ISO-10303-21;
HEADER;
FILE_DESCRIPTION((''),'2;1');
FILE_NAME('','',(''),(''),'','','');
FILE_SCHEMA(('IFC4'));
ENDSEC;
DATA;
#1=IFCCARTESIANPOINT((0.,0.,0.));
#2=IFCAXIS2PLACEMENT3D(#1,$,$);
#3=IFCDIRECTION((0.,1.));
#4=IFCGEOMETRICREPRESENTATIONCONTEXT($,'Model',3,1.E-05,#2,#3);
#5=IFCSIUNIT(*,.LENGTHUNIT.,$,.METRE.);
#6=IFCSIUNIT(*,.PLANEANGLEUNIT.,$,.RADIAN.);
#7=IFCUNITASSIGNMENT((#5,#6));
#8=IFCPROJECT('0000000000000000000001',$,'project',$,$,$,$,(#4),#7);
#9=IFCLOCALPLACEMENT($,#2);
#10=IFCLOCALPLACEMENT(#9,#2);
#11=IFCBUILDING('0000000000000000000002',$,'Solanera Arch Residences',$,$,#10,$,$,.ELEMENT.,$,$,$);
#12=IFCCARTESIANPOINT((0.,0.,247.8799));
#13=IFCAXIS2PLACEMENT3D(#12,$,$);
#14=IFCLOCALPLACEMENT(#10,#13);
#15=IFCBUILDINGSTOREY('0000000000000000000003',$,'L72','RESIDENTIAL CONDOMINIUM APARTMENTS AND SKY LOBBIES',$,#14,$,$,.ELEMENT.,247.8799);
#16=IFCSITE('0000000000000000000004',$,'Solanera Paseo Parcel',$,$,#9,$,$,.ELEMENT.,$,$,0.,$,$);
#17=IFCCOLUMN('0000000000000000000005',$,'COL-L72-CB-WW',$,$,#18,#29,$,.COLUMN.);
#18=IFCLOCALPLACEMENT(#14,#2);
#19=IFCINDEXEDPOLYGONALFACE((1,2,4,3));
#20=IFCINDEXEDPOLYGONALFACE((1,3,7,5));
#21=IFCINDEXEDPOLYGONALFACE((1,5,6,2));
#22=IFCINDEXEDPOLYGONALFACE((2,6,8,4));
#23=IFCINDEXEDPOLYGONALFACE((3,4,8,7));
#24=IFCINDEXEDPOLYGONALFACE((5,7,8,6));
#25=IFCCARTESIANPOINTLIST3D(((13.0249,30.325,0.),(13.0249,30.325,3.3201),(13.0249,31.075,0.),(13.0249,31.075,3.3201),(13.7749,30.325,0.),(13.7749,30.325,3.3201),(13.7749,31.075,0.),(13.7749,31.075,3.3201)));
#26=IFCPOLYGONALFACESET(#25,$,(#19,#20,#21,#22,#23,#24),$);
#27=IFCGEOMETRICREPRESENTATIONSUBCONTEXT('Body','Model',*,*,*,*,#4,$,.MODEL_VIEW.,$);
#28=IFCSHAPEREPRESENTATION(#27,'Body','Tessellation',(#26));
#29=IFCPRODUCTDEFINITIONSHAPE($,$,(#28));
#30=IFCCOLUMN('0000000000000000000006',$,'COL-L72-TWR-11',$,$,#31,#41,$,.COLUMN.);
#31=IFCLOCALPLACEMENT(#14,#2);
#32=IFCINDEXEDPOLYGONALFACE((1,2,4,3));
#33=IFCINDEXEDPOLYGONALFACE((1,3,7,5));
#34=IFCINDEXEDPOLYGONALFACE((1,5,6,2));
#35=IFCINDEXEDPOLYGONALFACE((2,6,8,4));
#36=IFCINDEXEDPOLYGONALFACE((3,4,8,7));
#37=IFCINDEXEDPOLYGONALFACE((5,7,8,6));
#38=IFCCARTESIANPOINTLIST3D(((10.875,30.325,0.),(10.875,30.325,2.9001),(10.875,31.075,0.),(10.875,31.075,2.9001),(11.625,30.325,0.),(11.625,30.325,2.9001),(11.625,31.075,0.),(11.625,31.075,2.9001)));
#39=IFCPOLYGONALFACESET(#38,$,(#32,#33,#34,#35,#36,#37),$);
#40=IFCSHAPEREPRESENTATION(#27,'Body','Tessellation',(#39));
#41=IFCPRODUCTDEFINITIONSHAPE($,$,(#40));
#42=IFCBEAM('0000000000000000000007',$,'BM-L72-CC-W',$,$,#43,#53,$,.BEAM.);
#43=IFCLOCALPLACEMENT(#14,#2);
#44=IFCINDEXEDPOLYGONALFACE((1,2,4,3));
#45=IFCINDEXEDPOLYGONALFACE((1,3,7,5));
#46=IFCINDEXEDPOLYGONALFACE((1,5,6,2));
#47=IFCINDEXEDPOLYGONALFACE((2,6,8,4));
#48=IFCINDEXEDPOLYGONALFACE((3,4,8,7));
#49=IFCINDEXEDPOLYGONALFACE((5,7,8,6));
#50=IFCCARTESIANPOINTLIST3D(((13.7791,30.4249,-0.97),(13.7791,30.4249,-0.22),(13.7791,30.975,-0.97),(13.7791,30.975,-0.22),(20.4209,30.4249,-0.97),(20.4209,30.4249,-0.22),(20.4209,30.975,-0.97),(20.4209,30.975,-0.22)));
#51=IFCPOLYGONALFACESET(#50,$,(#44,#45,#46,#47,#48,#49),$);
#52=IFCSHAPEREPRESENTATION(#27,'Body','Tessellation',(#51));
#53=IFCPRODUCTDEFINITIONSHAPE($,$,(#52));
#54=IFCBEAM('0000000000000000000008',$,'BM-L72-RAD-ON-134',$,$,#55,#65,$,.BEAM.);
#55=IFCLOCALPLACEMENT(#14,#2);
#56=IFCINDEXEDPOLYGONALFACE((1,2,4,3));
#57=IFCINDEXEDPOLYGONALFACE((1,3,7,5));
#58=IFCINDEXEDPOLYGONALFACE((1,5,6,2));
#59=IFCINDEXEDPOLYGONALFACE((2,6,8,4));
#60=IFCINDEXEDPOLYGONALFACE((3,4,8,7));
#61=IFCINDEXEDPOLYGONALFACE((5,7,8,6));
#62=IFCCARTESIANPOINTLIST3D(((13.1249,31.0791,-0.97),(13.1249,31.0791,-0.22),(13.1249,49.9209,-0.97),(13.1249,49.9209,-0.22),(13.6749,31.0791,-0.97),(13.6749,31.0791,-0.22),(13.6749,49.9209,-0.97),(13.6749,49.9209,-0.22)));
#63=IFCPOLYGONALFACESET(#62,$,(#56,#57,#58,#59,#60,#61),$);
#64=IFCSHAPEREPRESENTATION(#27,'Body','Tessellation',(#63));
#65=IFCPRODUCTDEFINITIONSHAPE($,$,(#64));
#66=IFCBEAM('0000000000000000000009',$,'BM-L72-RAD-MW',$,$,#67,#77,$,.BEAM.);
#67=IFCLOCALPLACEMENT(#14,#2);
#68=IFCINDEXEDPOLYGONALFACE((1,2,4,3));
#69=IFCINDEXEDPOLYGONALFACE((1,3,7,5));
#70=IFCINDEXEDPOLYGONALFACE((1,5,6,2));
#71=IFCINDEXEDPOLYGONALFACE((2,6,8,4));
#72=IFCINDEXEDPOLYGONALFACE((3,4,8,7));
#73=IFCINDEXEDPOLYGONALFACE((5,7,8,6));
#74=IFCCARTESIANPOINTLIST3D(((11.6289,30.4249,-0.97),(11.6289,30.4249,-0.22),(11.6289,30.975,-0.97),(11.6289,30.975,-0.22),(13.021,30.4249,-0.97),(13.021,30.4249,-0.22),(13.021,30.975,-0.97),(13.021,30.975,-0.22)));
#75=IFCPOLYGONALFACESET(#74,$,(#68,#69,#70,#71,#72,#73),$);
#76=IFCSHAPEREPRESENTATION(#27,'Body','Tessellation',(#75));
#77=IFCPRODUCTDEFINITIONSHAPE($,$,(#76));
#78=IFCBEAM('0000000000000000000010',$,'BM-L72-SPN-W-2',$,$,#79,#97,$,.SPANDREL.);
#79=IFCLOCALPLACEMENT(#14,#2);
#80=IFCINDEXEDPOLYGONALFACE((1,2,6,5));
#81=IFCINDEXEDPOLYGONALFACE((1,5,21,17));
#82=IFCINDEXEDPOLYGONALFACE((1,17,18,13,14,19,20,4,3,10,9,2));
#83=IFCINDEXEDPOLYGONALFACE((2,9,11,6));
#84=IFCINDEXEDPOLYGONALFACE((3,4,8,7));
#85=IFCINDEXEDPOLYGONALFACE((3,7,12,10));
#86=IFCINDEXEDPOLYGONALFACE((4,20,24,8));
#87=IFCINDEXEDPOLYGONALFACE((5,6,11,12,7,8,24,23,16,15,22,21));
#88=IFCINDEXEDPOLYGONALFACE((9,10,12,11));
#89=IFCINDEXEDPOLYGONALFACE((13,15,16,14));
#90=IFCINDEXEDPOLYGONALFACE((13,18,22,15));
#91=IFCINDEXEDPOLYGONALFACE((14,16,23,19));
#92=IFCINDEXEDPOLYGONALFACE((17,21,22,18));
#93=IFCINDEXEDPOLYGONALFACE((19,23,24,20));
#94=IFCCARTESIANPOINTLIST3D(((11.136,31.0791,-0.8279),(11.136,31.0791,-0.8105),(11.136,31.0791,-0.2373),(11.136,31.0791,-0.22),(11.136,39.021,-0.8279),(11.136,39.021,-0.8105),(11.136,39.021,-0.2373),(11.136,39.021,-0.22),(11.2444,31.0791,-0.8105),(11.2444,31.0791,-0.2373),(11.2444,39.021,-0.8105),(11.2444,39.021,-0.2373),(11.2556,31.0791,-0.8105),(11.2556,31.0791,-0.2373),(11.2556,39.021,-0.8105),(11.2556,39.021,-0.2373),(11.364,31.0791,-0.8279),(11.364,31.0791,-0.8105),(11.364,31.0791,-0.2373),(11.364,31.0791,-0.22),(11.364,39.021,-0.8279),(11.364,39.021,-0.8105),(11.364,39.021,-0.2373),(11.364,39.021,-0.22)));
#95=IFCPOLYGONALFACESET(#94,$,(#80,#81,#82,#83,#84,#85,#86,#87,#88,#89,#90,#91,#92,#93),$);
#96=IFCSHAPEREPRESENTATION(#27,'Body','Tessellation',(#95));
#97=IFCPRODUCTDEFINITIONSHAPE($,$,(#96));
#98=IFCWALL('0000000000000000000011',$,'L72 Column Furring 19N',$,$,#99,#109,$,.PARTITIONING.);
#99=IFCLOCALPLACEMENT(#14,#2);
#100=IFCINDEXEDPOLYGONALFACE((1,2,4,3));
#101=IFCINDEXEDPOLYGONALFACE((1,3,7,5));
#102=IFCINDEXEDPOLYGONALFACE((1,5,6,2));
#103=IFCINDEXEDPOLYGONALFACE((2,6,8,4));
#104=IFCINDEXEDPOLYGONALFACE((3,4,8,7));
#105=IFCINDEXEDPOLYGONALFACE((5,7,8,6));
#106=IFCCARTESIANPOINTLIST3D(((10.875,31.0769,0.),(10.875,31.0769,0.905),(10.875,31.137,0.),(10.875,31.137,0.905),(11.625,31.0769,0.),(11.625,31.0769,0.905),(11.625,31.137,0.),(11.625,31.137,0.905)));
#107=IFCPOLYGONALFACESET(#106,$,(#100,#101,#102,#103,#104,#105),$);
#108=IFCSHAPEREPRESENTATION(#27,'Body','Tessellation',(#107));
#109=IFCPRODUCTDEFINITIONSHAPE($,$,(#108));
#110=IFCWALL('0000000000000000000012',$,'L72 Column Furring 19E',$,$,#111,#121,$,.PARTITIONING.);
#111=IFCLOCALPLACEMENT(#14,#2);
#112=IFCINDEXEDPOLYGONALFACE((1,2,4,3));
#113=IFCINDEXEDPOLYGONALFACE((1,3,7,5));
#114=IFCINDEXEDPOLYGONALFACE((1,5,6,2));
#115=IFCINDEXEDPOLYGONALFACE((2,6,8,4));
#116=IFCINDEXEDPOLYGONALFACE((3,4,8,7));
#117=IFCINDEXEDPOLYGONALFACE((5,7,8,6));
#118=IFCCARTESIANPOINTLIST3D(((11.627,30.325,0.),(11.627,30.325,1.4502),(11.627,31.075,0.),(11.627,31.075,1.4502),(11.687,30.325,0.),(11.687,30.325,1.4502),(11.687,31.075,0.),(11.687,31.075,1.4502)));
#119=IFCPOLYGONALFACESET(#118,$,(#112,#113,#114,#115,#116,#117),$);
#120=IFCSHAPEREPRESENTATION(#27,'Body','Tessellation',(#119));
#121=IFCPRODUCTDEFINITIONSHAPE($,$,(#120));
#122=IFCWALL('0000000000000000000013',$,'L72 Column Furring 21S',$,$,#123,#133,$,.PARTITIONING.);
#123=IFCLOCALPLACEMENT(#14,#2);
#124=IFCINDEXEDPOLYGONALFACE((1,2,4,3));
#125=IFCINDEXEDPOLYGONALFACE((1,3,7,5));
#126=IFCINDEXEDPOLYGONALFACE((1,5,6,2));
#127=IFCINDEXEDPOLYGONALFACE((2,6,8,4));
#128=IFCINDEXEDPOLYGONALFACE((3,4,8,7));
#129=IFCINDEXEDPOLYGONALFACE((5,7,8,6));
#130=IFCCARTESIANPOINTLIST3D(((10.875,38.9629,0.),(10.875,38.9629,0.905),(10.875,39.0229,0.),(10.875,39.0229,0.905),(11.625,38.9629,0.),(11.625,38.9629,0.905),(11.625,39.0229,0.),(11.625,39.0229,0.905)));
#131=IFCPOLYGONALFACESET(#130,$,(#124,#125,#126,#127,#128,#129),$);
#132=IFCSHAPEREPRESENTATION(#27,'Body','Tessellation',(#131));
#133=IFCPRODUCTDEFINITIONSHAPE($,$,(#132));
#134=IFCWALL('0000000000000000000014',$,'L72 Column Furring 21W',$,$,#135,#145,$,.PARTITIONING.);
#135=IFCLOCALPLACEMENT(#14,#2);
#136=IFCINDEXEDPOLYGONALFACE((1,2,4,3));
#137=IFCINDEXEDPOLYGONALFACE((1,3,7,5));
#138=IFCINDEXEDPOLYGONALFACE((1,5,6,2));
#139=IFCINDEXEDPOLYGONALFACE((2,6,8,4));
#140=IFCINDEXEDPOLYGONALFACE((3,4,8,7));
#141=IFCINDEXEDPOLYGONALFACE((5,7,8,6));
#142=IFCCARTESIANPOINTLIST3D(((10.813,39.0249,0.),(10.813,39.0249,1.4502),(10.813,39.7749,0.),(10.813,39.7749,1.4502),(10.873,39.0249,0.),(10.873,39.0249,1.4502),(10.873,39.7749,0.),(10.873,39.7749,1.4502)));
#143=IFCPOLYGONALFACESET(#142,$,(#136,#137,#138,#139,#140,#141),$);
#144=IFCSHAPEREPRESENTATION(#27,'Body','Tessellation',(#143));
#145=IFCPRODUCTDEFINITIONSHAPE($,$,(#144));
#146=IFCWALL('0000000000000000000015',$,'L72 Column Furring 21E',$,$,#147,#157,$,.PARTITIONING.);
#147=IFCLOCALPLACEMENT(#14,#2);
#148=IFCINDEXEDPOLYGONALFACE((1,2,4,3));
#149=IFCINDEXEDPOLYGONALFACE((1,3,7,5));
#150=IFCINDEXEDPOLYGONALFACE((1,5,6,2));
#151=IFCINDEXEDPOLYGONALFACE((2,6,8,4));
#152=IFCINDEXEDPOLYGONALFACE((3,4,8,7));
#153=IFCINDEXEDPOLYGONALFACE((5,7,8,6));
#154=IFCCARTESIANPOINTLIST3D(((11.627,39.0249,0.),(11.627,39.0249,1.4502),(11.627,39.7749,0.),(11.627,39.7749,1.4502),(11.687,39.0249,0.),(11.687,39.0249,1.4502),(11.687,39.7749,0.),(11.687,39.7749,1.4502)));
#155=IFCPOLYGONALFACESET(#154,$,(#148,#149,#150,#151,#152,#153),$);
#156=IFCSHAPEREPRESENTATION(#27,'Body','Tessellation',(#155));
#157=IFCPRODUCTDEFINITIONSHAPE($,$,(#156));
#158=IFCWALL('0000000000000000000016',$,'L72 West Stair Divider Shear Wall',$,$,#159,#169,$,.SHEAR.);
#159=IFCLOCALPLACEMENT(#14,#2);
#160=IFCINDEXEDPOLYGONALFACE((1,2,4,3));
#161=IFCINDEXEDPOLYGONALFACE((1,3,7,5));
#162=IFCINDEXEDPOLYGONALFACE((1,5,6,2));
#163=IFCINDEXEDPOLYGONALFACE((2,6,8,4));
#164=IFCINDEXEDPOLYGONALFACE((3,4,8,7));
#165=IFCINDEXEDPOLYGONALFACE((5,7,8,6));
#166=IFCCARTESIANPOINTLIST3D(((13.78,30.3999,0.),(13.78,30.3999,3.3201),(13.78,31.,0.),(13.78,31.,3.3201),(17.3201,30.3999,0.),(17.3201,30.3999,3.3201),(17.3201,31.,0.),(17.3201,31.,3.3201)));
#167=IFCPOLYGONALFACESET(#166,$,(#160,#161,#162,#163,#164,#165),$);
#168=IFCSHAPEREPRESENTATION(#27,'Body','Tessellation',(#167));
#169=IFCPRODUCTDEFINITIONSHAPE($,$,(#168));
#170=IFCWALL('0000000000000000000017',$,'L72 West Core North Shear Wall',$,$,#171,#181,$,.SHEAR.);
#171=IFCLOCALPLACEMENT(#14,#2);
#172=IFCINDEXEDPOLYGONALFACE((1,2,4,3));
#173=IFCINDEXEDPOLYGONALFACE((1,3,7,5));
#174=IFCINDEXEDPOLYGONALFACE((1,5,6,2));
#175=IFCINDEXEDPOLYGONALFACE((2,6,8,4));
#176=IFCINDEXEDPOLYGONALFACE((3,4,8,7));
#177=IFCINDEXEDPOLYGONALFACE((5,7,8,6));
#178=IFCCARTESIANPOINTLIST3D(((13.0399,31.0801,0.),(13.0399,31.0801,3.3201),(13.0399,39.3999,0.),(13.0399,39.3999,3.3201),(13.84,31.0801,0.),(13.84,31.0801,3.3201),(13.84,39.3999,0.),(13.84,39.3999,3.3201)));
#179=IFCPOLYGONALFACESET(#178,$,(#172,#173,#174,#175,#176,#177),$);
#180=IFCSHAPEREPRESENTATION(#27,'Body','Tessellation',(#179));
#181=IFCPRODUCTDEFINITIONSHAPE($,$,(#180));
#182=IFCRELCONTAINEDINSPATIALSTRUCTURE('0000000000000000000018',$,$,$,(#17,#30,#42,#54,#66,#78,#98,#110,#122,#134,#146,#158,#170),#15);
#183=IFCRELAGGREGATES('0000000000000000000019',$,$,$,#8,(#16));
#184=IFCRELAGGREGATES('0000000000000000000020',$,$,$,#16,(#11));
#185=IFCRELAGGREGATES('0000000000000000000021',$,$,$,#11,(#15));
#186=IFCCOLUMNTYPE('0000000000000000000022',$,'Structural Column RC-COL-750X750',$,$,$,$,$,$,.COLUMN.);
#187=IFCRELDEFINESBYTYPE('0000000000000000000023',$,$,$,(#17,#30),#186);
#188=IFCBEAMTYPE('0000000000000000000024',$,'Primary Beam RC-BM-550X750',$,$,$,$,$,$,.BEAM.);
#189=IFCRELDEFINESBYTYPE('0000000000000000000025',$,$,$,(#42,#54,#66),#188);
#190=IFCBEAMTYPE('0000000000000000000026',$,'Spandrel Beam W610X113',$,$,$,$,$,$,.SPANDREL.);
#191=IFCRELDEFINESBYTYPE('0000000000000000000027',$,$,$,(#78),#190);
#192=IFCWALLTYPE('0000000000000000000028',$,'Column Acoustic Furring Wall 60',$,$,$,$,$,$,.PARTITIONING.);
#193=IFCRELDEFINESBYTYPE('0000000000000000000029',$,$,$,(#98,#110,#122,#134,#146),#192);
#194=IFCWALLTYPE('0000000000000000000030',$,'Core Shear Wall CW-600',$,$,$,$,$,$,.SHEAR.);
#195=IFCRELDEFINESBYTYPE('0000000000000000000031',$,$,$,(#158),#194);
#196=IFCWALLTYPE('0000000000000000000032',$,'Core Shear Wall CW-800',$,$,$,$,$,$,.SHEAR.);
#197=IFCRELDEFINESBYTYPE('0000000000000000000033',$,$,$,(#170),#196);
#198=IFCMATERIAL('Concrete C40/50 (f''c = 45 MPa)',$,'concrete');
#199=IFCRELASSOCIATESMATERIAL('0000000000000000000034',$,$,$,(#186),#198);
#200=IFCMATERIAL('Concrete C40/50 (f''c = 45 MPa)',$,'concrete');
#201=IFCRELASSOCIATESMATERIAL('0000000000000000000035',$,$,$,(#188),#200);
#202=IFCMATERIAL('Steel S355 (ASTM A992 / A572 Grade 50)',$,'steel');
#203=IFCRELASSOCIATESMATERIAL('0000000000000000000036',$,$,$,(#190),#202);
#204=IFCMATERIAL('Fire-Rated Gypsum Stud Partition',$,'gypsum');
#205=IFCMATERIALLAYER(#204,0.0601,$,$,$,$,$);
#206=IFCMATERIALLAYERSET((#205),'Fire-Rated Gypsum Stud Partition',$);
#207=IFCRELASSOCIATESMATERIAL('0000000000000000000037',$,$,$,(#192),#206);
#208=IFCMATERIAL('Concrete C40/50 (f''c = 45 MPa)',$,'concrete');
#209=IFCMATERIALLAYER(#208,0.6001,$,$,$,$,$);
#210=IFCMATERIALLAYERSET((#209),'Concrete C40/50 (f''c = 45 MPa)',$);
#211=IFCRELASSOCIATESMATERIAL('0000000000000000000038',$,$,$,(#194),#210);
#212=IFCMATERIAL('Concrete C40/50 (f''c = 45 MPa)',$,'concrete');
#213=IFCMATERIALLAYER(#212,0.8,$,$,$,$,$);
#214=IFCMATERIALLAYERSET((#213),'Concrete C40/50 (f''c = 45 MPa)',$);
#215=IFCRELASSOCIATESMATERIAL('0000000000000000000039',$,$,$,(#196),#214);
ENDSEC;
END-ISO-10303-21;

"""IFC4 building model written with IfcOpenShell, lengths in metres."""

from ifc_helpers import new_model, si_unit, direction, frame, frame_2d, origin, origin_2d, place, context, subcontext, project, spatial, rectangle, i_section, extrude, material, layer, layer_set, material_profile, profile_set, type_object, element, save


model = new_model("IFC4")

# Units and contexts
model_context = context("Model", 3, precision=1e-05, world=origin(), true_north=direction((0.0, 1.0)))
body_context = subcontext(model_context, "Body", "Model", "MODEL_VIEW")
ifc_project = project(units=[si_unit("LENGTHUNIT", "METRE"), si_unit("PLANEANGLEUNIT", "RADIAN")], contexts=[model_context])

# Site, building, storey
site_placement = place(None, origin())
site = spatial("IfcSite", under=ifc_project, at=site_placement, Name="Solanera Paseo Parcel", CompositionType="ELEMENT", RefElevation=0.0)
building_placement = place(site_placement, origin())
building = spatial("IfcBuilding", under=site, at=building_placement, Name="Solanera Arch Residences", CompositionType="ELEMENT")
storey_placement = place(building_placement, frame((0.0, 0.0, 247.8799)))
storey = spatial("IfcBuildingStorey", under=building, at=storey_placement, Name="L72", Description="RESIDENTIAL CONDOMINIUM APARTMENTS AND SKY LOBBIES", CompositionType="ELEMENT", Elevation=247.8799)

# Columns
ifc_material_1 = material(Name="Concrete C40/50 (f'c = 45 MPa)", Category="concrete")
ifc_material_profile_1 = material_profile(ifc_material_1, rectangle(XDim=0.75, YDim=0.75, at=origin_2d()))
ifc_profile_set_1 = profile_set([ifc_material_profile_1], Name="Concrete C40/50 (f'c = 45 MPa)")
column_type = type_object("IfcColumnType", Name="Structural Column RC-COL-750X750", PredefinedType="COLUMN", material=ifc_profile_set_1)
column_1_placement = place(storey_placement, frame((13.3999, 30.7, 0.0), z_axis=(0.0, 0.0, 1.0), x_axis=(1.0, 0.0, 0.0)))
element("IfcColumn", 1, at=column_1_placement, inside=storey, type_object=column_type, Name="COL-L72-CB-WW", PredefinedType="COLUMN", context=body_context, shape_type="SweptSolid", body=[
    extrude(rectangle(XDim=0.75, YDim=0.75, at=origin_2d()), origin(), (0.0, 0.0, 1.0), 3.3201),
])
column_2_placement = place(storey_placement, frame((11.25, 30.7, 0.0), z_axis=(0.0, 0.0, 1.0), x_axis=(1.0, 0.0, 0.0)))
element("IfcColumn", 2, at=column_2_placement, inside=storey, type_object=column_type, Name="COL-L72-TWR-11", PredefinedType="COLUMN", context=body_context, shape_type="SweptSolid", body=[
    extrude(rectangle(XDim=0.75, YDim=0.75, at=origin_2d()), origin(), (0.0, 0.0, 1.0), 2.9001),
])

# Beams
ifc_material_2 = material(Name="Concrete C40/50 (f'c = 45 MPa)", Category="concrete")
ifc_material_profile_2 = material_profile(ifc_material_2, rectangle(XDim=0.55, YDim=0.75, at=origin_2d()))
ifc_profile_set_2 = profile_set([ifc_material_profile_2], Name="Concrete C40/50 (f'c = 45 MPa)")
beam_type_1 = type_object("IfcBeamType", Name="Primary Beam RC-BM-550X750", PredefinedType="BEAM", material=ifc_profile_set_2)
beam_1_placement = place(storey_placement, frame((13.7791, 30.7, -0.595), z_axis=(1.0, 0.0, 0.0), x_axis=(0.0, 1.0, 0.0)))
element("IfcBeam", 3, at=beam_1_placement, inside=storey, type_object=beam_type_1, Name="BM-L72-CC-W", PredefinedType="BEAM", context=body_context, shape_type="SweptSolid", body=[
    extrude(rectangle(XDim=0.55, YDim=0.75, at=origin_2d()), origin(), (0.0, 0.0, 1.0), 6.6418),
])
beam_2_placement = place(storey_placement, frame((13.3999, 31.0791, -0.595), z_axis=(0.0, 1.0, 0.0), x_axis=(-1.0, 0.0, 0.0)))
element("IfcBeam", 4, at=beam_2_placement, inside=storey, type_object=beam_type_1, Name="BM-L72-RAD-ON-134", PredefinedType="BEAM", context=body_context, shape_type="SweptSolid", body=[
    extrude(rectangle(XDim=0.55, YDim=0.75, at=origin_2d()), origin(), (0.0, 0.0, 1.0), 18.8418),
])
beam_3_placement = place(storey_placement, frame((11.6289, 30.7, -0.595), z_axis=(1.0, 0.0, 0.0), x_axis=(0.0, 1.0, 0.0)))
element("IfcBeam", 5, at=beam_3_placement, inside=storey, type_object=beam_type_1, Name="BM-L72-RAD-MW", PredefinedType="BEAM", context=body_context, shape_type="SweptSolid", body=[
    extrude(rectangle(XDim=0.55, YDim=0.75, at=origin_2d()), origin(), (0.0, 0.0, 1.0), 1.3921),
])
ifc_material_3 = material(Name="Steel S355 (ASTM A992 / A572 Grade 50)", Category="steel")
ifc_material_profile_3 = material_profile(ifc_material_3, i_section(OverallWidth=0.228, OverallDepth=0.6079, WebThickness=0.0112, FlangeThickness=0.0173, at=origin_2d()))
ifc_profile_set_3 = profile_set([ifc_material_profile_3], Name="Steel S355 (ASTM A992 / A572 Grade 50)")
beam_type_2 = type_object("IfcBeamType", Name="Spandrel Beam W610X113", PredefinedType="SPANDREL", material=ifc_profile_set_3)
beam_4_placement = place(storey_placement, frame((11.25, 31.0791, -0.5239), z_axis=(0.0, 1.0, 0.0), x_axis=(-1.0, 0.0, 0.0)))
element("IfcBeam", 6, at=beam_4_placement, inside=storey, type_object=beam_type_2, Name="BM-L72-SPN-W-2", PredefinedType="SPANDREL", context=body_context, shape_type="SweptSolid", body=[
    extrude(i_section(OverallWidth=0.228, OverallDepth=0.6079, WebThickness=0.0112, FlangeThickness=0.0173, at=origin_2d()), origin(), (0.0, 0.0, 1.0), 7.9419),
])

# Walls
ifc_material_4 = material(Name="Fire-Rated Gypsum Stud Partition", Category="gypsum")
ifc_layer_1 = layer(ifc_material_4, 0.0601)
ifc_layer_set_1 = layer_set([ifc_layer_1], Name="Fire-Rated Gypsum Stud Partition")
wall_type_1 = type_object("IfcWallType", Name="Column Acoustic Furring Wall 60", PredefinedType="PARTITIONING", material=ifc_layer_set_1)
wall_1_placement = place(storey_placement, frame((10.875, 31.1069, 0.0), z_axis=(0.0, 0.0, 1.0), x_axis=(1.0, 0.0, 0.0)))
element("IfcWall", 7, at=wall_1_placement, inside=storey, type_object=wall_type_1, Name="L72 Column Furring 19N", PredefinedType="PARTITIONING", context=body_context, shape_type="SweptSolid", body=[
    extrude(rectangle(XDim=0.75, YDim=0.0601, at=frame_2d((0.375, 0.0))), origin(), (0.0, 0.0, 1.0), 0.905),
])
wall_2_placement = place(storey_placement, frame((11.657, 30.325, 0.0), z_axis=(0.0, 0.0, 1.0), x_axis=(0.0, 1.0, 0.0)))
element("IfcWall", 8, at=wall_2_placement, inside=storey, type_object=wall_type_1, Name="L72 Column Furring 19E", PredefinedType="PARTITIONING", context=body_context, shape_type="SweptSolid", body=[
    extrude(rectangle(XDim=0.75, YDim=0.0601, at=frame_2d((0.375, 0.0))), origin(), (0.0, 0.0, 1.0), 1.4502),
])
wall_3_placement = place(storey_placement, frame((10.875, 38.9929, 0.0), z_axis=(0.0, 0.0, 1.0), x_axis=(1.0, 0.0, 0.0)))
element("IfcWall", 9, at=wall_3_placement, inside=storey, type_object=wall_type_1, Name="L72 Column Furring 21S", PredefinedType="PARTITIONING", context=body_context, shape_type="SweptSolid", body=[
    extrude(rectangle(XDim=0.75, YDim=0.0601, at=frame_2d((0.375, 0.0))), origin(), (0.0, 0.0, 1.0), 0.905),
])
for number, where, z_axis, x_axis, name in (
    (10, (10.843, 39.0249, 0.0), (0.0, 0.0, 1.0), (0.0, 1.0, 0.0), "L72 Column Furring 21W"),
    (11, (11.657, 39.0249, 0.0), (0.0, 0.0, 1.0), (0.0, 1.0, 0.0), "L72 Column Furring 21E"),
):
    element("IfcWall", number, at=place(storey_placement, frame(where, z_axis=z_axis, x_axis=x_axis)), inside=storey, type_object=wall_type_1, Name=name, PredefinedType="PARTITIONING", context=body_context, shape_type="SweptSolid", body=[
        extrude(rectangle(XDim=0.75, YDim=0.0601, at=frame_2d((0.375, 0.0))), origin(), (0.0, 0.0, 1.0), 1.4502),
    ])
ifc_material_5 = material(Name="Concrete C40/50 (f'c = 45 MPa)", Category="concrete")
ifc_layer_2 = layer(ifc_material_5, 0.6001)
ifc_layer_set_2 = layer_set([ifc_layer_2], Name="Concrete C40/50 (f'c = 45 MPa)")
wall_type_2 = type_object("IfcWallType", Name="Core Shear Wall CW-600", PredefinedType="SHEAR", material=ifc_layer_set_2)
wall_4_placement = place(storey_placement, frame((13.78, 30.7, 0.0), z_axis=(0.0, 0.0, 1.0), x_axis=(1.0, 0.0, 0.0)))
element("IfcWall", 12, at=wall_4_placement, inside=storey, type_object=wall_type_2, Name="L72 West Stair Divider Shear Wall", PredefinedType="SHEAR", context=body_context, shape_type="SweptSolid", body=[
    extrude(rectangle(XDim=3.54, YDim=0.6001, at=frame_2d((1.77, 0.0))), origin(), (0.0, 0.0, 1.0), 3.3201),
])
ifc_material_6 = material(Name="Concrete C40/50 (f'c = 45 MPa)", Category="concrete")
ifc_layer_3 = layer(ifc_material_6, 0.8)
ifc_layer_set_3 = layer_set([ifc_layer_3], Name="Concrete C40/50 (f'c = 45 MPa)")
wall_type_3 = type_object("IfcWallType", Name="Core Shear Wall CW-800", PredefinedType="SHEAR", material=ifc_layer_set_3)
wall_5_placement = place(storey_placement, frame((13.4399, 31.0801, 0.0), z_axis=(0.0, 0.0, 1.0), x_axis=(0.0, 1.0, 0.0)))
element("IfcWall", 13, at=wall_5_placement, inside=storey, type_object=wall_type_3, Name="L72 West Core North Shear Wall", PredefinedType="SHEAR", context=body_context, shape_type="SweptSolid", body=[
    extrude(rectangle(XDim=8.3198, YDim=0.8, at=frame_2d((4.1599, 0.0))), origin(), (0.0, 0.0, 1.0), 3.3201),
])

save(model, "model.ifc")
